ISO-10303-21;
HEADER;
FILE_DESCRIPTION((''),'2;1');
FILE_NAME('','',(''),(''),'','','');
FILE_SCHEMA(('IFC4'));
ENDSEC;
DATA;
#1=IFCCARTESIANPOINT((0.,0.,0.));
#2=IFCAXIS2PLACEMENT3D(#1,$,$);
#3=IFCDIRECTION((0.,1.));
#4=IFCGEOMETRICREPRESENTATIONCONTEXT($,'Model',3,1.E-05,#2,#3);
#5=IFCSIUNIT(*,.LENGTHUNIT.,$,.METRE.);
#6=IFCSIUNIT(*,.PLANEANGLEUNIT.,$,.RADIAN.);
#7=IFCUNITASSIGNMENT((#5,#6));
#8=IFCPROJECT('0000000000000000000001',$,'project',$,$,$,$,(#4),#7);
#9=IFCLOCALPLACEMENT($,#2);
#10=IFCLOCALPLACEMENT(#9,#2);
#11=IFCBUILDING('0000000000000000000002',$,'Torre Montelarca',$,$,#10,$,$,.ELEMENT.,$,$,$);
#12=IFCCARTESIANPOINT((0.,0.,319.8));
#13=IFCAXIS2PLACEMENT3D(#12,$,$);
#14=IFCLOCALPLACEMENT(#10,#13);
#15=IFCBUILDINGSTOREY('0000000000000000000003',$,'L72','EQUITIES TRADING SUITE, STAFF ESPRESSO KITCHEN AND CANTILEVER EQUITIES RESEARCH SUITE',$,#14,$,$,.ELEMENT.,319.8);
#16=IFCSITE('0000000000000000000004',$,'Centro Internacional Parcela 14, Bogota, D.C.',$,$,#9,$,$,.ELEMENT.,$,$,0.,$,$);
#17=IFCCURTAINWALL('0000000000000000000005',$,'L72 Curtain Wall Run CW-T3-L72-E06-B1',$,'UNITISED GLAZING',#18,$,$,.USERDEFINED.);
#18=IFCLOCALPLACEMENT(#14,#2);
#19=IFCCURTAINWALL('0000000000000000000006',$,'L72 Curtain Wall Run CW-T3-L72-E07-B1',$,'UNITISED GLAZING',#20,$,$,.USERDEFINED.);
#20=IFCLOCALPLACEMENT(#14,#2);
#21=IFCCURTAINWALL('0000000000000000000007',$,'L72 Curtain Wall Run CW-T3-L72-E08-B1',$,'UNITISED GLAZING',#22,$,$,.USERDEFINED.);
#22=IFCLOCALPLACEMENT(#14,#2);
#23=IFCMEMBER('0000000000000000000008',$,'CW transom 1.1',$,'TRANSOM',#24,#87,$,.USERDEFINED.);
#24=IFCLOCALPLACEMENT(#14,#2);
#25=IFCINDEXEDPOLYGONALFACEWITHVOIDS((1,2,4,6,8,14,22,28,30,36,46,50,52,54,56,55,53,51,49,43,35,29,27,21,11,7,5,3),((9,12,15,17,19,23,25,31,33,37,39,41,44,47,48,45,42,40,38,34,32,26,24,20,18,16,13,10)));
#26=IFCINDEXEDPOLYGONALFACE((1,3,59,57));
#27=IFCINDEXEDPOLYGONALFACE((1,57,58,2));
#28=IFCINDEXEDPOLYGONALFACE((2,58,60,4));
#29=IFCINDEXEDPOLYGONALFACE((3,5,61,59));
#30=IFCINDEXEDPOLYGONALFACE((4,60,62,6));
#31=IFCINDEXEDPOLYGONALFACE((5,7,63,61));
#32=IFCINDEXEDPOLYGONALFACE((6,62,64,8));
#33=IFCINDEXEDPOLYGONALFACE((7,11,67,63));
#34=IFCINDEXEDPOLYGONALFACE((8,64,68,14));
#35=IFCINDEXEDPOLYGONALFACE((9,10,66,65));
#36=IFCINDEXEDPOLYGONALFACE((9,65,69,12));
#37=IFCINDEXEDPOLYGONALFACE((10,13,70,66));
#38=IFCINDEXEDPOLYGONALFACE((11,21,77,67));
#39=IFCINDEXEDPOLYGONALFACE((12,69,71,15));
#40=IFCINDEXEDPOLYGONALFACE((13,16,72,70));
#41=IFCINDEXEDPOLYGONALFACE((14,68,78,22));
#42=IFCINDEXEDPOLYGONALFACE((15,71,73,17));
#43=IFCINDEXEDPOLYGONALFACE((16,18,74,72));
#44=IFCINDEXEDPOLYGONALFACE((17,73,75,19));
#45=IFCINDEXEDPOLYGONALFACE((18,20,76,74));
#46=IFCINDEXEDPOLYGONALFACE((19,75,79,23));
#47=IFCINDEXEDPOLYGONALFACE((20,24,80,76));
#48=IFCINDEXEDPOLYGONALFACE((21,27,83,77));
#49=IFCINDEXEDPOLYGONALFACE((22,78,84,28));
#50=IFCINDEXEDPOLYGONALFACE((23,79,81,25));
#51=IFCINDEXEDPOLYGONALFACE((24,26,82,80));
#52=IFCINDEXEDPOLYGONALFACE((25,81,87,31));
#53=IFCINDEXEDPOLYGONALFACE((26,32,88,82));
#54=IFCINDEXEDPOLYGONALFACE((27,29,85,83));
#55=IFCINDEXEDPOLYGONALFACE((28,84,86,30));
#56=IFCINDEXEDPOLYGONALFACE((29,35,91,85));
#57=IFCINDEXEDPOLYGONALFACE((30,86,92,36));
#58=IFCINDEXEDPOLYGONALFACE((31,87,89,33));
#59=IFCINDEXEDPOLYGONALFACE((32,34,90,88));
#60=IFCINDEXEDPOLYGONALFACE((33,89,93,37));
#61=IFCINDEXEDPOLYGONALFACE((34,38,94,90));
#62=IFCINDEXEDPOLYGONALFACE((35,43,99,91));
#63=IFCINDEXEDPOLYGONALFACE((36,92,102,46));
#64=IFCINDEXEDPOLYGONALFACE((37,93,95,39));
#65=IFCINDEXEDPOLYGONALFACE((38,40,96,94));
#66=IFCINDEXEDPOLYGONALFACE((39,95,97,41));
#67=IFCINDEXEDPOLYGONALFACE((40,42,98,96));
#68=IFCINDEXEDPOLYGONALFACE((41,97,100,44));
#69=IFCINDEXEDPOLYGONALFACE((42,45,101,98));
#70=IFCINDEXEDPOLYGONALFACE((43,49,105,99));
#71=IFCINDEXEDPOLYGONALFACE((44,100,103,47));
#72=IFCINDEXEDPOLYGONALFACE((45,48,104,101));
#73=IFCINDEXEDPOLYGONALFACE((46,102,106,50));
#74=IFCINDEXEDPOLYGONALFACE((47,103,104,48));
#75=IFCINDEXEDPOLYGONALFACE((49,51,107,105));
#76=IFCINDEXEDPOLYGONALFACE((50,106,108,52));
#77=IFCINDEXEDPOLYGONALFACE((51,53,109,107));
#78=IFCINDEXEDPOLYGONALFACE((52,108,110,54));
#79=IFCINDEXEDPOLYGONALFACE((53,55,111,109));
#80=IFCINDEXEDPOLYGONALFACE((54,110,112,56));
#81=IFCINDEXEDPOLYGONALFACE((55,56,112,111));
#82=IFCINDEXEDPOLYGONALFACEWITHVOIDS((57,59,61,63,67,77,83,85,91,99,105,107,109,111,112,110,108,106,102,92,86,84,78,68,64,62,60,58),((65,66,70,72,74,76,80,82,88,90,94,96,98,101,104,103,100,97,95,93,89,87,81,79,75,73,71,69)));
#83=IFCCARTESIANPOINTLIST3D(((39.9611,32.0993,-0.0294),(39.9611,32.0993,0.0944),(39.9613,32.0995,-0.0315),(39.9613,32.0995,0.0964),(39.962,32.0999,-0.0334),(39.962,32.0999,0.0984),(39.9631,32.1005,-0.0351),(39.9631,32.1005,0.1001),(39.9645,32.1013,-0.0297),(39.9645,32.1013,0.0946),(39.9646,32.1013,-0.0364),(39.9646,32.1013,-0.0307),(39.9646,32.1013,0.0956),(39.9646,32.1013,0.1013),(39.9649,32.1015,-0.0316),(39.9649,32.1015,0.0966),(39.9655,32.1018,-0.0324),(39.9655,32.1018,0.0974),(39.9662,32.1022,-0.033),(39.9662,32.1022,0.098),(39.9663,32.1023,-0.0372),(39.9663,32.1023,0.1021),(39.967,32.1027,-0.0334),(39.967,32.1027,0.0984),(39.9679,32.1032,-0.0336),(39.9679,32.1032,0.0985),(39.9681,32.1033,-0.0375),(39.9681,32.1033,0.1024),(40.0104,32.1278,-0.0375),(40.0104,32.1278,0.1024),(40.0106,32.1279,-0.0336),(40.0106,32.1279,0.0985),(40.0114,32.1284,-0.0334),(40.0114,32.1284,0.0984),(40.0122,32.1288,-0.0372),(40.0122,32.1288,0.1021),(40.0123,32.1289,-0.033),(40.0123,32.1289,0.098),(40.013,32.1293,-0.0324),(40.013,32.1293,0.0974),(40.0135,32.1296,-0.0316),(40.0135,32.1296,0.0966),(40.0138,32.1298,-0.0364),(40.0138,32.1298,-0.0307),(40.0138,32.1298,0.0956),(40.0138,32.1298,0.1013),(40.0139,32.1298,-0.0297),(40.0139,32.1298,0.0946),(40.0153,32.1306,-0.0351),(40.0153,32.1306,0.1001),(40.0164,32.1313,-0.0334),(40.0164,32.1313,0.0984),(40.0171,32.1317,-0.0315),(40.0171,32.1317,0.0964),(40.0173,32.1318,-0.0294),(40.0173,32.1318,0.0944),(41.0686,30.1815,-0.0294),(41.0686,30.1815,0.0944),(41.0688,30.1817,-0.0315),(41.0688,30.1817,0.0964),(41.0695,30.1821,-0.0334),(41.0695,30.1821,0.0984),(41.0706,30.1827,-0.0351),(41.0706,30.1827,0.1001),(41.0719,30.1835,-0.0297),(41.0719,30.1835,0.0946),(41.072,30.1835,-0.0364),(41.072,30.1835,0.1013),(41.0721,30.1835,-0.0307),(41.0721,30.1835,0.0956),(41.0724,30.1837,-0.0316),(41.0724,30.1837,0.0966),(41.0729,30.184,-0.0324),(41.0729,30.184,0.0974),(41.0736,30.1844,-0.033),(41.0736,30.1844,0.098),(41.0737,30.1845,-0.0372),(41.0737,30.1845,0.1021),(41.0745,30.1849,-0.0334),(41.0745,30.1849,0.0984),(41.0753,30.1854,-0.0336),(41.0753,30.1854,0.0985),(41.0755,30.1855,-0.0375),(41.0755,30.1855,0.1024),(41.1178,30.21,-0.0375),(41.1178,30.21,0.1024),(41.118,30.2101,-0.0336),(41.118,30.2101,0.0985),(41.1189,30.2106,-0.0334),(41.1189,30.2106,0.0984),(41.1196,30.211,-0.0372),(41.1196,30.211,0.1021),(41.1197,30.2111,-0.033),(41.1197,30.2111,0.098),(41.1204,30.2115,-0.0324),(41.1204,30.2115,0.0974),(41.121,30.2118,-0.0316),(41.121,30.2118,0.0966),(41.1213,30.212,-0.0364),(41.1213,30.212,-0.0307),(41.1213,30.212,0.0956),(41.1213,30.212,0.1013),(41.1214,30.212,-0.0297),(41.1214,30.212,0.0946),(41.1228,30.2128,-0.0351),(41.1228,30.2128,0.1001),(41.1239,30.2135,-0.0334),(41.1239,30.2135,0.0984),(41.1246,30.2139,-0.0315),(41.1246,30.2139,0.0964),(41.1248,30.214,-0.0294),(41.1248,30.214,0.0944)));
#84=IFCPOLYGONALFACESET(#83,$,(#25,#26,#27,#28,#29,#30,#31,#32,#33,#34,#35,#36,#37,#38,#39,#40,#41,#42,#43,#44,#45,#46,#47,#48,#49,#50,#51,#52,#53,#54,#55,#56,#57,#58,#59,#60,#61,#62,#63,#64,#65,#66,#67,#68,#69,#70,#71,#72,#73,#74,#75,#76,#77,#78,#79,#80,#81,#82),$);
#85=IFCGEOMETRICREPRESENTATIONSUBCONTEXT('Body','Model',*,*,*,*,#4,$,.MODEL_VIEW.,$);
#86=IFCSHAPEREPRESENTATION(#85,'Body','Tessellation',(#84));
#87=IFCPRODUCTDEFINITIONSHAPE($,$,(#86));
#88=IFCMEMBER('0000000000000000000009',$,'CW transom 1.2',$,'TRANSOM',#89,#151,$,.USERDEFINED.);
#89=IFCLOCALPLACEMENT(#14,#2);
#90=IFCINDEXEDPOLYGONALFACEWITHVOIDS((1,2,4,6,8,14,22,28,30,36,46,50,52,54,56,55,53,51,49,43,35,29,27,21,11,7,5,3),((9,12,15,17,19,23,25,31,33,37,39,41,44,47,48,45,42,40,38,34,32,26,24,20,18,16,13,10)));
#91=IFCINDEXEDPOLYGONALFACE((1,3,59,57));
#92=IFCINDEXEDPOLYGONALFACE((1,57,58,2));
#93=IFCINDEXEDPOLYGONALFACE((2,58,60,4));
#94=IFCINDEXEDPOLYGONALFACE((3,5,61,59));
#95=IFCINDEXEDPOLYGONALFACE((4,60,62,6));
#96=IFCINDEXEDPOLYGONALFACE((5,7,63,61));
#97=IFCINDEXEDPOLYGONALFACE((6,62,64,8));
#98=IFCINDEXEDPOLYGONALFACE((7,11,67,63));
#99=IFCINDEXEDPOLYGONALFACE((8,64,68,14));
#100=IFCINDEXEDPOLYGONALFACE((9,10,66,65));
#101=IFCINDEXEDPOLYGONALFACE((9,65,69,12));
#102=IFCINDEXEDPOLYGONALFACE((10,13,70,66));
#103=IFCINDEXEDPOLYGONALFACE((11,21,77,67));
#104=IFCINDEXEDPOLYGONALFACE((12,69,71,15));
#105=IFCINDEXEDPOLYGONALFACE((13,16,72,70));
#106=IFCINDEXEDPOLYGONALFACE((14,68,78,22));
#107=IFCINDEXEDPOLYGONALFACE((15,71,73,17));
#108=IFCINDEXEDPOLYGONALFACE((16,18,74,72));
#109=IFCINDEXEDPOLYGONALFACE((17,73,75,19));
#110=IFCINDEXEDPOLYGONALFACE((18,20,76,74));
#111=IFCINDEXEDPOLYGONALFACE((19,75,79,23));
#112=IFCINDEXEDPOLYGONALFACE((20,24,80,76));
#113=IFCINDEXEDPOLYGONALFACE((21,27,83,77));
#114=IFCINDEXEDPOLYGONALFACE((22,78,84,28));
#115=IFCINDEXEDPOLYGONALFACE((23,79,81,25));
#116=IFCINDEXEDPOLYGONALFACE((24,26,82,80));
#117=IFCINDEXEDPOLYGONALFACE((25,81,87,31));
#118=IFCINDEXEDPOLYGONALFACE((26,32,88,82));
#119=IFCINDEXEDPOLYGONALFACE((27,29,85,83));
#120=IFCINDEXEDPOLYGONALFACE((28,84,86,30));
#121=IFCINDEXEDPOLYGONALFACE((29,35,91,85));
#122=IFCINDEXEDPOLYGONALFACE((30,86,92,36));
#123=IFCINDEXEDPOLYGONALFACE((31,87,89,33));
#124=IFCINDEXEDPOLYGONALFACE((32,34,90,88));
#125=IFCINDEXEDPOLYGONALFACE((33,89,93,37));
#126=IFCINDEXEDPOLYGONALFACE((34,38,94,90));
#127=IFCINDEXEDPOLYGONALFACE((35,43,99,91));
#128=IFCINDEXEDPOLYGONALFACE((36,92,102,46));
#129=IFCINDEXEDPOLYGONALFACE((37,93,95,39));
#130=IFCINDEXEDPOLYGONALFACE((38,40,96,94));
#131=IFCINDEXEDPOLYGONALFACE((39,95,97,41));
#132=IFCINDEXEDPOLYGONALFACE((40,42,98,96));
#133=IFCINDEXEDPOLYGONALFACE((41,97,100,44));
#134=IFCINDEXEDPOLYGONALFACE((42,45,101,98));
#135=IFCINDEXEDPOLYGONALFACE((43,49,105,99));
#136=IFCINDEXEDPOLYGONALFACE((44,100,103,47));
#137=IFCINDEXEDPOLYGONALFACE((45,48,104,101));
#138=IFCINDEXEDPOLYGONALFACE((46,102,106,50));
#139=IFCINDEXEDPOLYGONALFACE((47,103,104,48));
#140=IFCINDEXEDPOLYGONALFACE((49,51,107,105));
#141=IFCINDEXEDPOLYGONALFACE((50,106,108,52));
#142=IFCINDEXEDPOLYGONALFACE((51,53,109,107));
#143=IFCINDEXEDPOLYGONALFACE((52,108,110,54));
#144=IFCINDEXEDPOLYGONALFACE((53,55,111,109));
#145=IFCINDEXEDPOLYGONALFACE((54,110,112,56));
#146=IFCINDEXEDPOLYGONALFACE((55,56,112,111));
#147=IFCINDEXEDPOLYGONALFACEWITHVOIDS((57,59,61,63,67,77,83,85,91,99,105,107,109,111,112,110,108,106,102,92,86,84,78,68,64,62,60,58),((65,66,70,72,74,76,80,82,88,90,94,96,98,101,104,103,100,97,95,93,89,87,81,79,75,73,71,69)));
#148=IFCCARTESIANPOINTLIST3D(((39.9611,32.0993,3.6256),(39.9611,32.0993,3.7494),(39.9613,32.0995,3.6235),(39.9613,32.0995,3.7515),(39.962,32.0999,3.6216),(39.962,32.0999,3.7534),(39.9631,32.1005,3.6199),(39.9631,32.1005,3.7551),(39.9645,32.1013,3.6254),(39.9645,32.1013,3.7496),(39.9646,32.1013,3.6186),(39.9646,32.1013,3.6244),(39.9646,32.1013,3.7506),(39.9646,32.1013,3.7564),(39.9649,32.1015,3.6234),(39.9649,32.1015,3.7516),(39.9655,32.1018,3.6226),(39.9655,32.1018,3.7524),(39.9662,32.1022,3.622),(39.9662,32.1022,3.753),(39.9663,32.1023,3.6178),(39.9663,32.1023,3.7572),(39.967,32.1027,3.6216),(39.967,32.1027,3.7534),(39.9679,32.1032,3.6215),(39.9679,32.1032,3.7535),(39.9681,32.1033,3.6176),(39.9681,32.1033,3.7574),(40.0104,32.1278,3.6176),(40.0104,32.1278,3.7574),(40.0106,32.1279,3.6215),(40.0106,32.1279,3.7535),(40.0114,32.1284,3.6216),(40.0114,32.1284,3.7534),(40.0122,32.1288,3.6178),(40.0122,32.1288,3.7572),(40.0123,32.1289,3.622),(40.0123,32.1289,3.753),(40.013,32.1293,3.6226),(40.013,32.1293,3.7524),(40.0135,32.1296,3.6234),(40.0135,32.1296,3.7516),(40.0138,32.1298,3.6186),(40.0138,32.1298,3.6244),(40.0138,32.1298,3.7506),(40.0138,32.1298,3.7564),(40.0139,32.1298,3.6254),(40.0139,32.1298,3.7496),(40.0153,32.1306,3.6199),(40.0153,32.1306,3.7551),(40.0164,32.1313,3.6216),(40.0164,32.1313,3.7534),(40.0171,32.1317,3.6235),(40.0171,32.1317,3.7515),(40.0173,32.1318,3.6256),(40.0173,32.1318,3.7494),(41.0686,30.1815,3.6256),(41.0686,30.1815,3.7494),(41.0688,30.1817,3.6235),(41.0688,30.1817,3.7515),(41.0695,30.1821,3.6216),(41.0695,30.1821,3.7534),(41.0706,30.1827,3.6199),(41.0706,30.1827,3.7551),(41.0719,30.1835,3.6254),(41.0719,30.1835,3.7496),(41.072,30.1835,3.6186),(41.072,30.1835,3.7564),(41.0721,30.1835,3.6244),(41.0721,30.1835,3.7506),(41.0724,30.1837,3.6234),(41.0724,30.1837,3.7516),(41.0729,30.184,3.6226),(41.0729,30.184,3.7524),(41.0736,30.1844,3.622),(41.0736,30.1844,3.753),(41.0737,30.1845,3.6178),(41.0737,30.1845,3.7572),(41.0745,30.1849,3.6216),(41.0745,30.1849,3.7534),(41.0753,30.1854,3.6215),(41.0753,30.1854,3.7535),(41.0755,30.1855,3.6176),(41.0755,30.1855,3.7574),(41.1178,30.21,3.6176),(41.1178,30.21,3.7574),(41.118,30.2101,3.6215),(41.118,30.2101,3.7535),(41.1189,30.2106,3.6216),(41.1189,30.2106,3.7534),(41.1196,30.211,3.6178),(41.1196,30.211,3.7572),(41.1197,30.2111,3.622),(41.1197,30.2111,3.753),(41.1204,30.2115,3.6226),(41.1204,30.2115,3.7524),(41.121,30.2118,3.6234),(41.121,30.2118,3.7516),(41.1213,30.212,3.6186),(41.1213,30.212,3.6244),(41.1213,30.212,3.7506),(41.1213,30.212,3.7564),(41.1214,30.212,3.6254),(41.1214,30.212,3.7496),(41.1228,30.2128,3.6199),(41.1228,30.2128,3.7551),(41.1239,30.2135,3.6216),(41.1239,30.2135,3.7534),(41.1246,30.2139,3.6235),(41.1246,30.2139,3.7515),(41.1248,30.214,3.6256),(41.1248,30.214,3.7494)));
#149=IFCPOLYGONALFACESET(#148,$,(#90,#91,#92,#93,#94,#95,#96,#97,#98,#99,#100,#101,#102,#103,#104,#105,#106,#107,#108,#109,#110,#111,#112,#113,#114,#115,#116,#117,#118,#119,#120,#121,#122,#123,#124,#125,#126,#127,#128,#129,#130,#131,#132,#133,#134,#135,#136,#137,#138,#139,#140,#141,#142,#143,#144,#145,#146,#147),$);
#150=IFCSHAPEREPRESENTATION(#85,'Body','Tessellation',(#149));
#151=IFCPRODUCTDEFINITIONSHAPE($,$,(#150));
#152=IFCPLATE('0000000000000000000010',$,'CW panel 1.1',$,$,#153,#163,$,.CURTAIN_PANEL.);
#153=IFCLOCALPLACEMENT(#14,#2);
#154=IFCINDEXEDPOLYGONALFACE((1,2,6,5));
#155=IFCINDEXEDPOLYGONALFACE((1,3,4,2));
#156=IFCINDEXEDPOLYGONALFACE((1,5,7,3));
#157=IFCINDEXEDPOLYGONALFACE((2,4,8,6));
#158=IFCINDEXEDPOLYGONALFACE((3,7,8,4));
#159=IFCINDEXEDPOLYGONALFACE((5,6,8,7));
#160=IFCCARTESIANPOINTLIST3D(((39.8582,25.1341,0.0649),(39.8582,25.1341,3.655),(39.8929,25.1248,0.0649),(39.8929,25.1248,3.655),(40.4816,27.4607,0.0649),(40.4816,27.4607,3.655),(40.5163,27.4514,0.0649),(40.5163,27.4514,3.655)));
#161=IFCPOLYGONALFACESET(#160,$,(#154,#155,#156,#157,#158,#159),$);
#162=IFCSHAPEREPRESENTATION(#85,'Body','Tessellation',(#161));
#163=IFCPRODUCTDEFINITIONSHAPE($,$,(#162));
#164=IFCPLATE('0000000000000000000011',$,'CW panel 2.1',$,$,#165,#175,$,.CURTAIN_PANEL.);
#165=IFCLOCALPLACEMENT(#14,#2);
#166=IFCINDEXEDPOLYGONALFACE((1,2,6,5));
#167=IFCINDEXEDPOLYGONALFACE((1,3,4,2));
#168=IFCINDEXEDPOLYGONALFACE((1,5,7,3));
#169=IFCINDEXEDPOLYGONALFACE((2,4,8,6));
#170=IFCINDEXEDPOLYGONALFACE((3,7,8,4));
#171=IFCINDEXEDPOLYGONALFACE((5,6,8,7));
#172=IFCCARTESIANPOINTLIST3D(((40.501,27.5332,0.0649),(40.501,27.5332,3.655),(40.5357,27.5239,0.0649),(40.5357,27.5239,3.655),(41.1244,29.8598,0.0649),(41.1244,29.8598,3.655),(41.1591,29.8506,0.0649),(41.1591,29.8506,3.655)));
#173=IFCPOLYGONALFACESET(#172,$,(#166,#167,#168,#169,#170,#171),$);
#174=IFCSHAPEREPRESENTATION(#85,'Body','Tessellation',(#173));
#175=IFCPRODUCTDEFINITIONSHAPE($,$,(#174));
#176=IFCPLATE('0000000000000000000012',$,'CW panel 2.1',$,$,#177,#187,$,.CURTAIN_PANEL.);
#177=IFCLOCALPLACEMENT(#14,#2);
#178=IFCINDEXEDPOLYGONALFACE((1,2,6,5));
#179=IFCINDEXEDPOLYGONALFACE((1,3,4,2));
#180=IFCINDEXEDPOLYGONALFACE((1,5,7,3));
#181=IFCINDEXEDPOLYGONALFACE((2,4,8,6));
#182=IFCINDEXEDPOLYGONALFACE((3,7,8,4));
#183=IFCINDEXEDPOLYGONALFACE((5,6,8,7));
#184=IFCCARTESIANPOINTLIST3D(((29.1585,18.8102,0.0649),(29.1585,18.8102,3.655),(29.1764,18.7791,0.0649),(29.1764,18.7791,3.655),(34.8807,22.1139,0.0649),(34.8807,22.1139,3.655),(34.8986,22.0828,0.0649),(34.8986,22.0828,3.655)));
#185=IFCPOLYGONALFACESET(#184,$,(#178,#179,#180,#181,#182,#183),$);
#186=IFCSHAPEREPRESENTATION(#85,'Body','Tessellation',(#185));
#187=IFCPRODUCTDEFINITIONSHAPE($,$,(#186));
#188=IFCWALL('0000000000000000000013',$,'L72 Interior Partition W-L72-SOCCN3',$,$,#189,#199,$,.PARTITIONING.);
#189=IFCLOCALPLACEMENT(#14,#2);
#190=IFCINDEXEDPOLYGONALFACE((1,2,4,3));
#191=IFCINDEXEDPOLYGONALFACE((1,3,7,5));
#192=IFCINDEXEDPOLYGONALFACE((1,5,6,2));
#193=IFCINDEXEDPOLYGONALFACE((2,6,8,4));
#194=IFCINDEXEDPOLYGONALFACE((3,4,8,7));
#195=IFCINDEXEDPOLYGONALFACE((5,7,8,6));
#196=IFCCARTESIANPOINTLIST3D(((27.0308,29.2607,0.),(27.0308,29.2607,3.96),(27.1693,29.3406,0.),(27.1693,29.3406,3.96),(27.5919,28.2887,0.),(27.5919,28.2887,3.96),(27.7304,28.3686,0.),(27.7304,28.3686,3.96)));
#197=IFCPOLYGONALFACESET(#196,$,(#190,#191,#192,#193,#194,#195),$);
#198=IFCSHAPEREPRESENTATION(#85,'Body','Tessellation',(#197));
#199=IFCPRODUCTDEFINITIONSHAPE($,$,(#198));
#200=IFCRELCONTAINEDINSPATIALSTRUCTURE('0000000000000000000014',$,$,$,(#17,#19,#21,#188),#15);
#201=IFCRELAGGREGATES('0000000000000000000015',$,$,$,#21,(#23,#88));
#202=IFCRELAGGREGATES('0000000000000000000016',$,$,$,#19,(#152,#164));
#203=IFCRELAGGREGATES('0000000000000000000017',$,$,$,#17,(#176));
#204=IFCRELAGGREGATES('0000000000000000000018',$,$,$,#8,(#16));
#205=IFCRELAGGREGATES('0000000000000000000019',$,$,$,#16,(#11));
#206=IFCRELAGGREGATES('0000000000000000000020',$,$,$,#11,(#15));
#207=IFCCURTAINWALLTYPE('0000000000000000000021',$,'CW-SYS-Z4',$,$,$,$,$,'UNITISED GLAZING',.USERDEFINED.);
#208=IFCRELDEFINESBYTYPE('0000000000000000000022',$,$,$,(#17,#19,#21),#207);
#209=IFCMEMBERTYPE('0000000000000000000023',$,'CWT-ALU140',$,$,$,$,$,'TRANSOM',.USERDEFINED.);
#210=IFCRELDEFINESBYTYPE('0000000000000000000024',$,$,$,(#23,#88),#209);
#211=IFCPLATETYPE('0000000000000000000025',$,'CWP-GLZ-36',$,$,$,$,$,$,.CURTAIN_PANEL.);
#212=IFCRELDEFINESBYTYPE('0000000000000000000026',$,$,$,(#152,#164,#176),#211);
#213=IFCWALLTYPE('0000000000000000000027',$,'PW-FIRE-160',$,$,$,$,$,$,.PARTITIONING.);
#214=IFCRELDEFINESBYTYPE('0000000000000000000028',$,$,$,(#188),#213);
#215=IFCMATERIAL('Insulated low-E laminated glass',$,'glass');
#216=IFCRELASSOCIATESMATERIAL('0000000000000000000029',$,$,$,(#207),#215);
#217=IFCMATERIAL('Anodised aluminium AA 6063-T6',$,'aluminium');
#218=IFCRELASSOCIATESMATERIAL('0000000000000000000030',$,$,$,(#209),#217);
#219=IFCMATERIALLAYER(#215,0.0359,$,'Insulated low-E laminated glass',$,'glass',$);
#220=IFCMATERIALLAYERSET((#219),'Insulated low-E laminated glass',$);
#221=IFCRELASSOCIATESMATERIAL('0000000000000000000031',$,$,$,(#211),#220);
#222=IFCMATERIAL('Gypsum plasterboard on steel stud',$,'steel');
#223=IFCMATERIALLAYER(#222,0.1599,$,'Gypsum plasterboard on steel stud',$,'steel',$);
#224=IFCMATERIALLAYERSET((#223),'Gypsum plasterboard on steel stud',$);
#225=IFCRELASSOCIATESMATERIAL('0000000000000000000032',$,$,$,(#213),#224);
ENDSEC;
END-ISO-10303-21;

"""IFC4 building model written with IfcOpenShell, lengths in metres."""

from ifc_helpers import new_model, si_unit, direction, frame, frame_2d, origin, origin_2d, place, context, subcontext, project, spatial, rectangle, hollow_rectangle, extrude, source, transform, mapped, material, layer, layer_set, material_profile, profile_set, type_object, element, aggregate, save


model = new_model("IFC4")

# Units and contexts
model_context = context("Model", 3, precision=1e-05, world=origin(), true_north=direction((0.0, 1.0)))
body_context = subcontext(model_context, "Body", "Model", "MODEL_VIEW")
ifc_project = project(units=[si_unit("LENGTHUNIT", "METRE"), si_unit("PLANEANGLEUNIT", "RADIAN")], contexts=[model_context])

# Site, building, storey
site_placement = place(None, origin())
site = spatial("IfcSite", under=ifc_project, at=site_placement, Name="Centro Internacional Parcela 14, Bogota, D.C.", CompositionType="ELEMENT", RefElevation=0.0)
building_placement = place(site_placement, origin())
building = spatial("IfcBuilding", under=site, at=building_placement, Name="Torre Montelarca", CompositionType="ELEMENT")
storey_placement = place(building_placement, frame((0.0, 0.0, 319.8)))
storey = spatial("IfcBuildingStorey", under=building, at=storey_placement, Name="L72", Description="EQUITIES TRADING SUITE, STAFF ESPRESSO KITCHEN AND CANTILEVER EQUITIES RESEARCH SUITE", CompositionType="ELEMENT", Elevation=319.8)

# Curtain walls
ifc_material_1 = material(Name="Insulated low-E laminated glass", Category="glass")
curtain_wall_type = type_object("IfcCurtainWallType", Name="CW-SYS-Z4", ElementType="UNITISED GLAZING", PredefinedType="USERDEFINED", material=ifc_material_1)
curtain_wall_1_placement = place(storey_placement, origin())
curtain_wall_1 = element("IfcCurtainWall", 1, at=curtain_wall_1_placement, inside=storey, type_object=curtain_wall_type, Name="L72 Curtain Wall Run CW-T3-L72-E06-B1", ObjectType="UNITISED GLAZING", PredefinedType="USERDEFINED")
ifc_material_2 = material(Name="Anodised aluminium AA 6063-T6", Category="aluminium")
curtain_wall_2_placement = place(storey_placement, origin())
curtain_wall_2 = element("IfcCurtainWall", 2, at=curtain_wall_2_placement, inside=storey, type_object=curtain_wall_type, Name="L72 Curtain Wall Run CW-T3-L72-E07-B1", ObjectType="UNITISED GLAZING", PredefinedType="USERDEFINED")

# Curtain wall
curtain_wall_3_placement = place(storey_placement, origin())
curtain_wall_3 = element("IfcCurtainWall", 3, at=curtain_wall_3_placement, inside=storey, type_object=curtain_wall_type, Name="L72 Curtain Wall Run CW-T3-L72-E08-B1", ObjectType="UNITISED GLAZING", PredefinedType="USERDEFINED")

# Members
ifc_material_profile_1 = material_profile(ifc_material_2, hollow_rectangle(XDim=0.0649, YDim=0.1399, WallThickness=0.0039, InnerFilletRadius=0.0039, OuterFilletRadius=0.0081, at=origin_2d()), Name="ALU65X140X4", Category="aluminium")
ifc_profile_set_1 = profile_set([ifc_material_profile_1], Name="Anodised aluminium AA 6063-T6")
member_type_1 = type_object("IfcMemberType", Name="CWT-ALU140", ElementType="TRANSOM", PredefinedType="USERDEFINED", material=ifc_profile_set_1)
shared_shape_1 = source(origin(), body_context, "Body", "SweptSolid", [
    extrude(hollow_rectangle(XDim=0.0649, YDim=0.1399, WallThickness=0.0039, InnerFilletRadius=0.0039, OuterFilletRadius=0.0081, at=origin_2d()), origin(), (0.0, 0.0, 1.0), 2.2146),
])
member_1_placement = place(storey_placement, frame((41.0967, 30.1978, 0.0325), z_axis=(-0.500076, 0.865982, 0.0), x_axis=(-0.865982, -0.500076, 0.0)))
member_1 = element("IfcMember", 4, at=member_1_placement, type_object=member_type_1, Name="CW transom 1.1", ObjectType="TRANSOM", PredefinedType="USERDEFINED", context=body_context, shape_type="MappedRepresentation", body=[
    mapped(shared_shape_1, transform((0.0, 0.0, 0.0), scale=1.0)),
])
member_2_placement = place(storey_placement, frame((41.0967, 30.1978, 3.6875), z_axis=(-0.500076, 0.865982, 0.0), x_axis=(-0.865982, -0.500076, 0.0)))
member_2 = element("IfcMember", 5, at=member_2_placement, type_object=member_type_1, Name="CW transom 1.2", ObjectType="TRANSOM", PredefinedType="USERDEFINED", context=body_context, shape_type="MappedRepresentation", body=[
    mapped(shared_shape_1, transform((0.0, 0.0, 0.0), scale=1.0)),
])
aggregate(curtain_wall_3, [member_1, member_2])

# Plates
ifc_layer_1 = layer(ifc_material_1, 0.0359, Name="Insulated low-E laminated glass", Category="glass")
ifc_layer_set_1 = layer_set([ifc_layer_1], Name="Insulated low-E laminated glass")
plate_type = type_object("IfcPlateType", Name="CWP-GLZ-36", PredefinedType="CURTAIN_PANEL", material=ifc_layer_set_1)
shared_shape_2 = source(origin(), body_context, "Body", "SweptSolid", [
    extrude(rectangle(XDim=2.4087, YDim=0.0359, at=origin_2d()), origin(), (0.0, 0.0, 1.0), 3.5901),
])
plate_1_placement = place(storey_placement, frame((40.1873, 26.2927, 0.0649), z_axis=(0.0, 0.0, 1.0), x_axis=(0.258815, 0.965927, 0.0)))
plate_1 = element("IfcPlate", 6, at=plate_1_placement, type_object=plate_type, Name="CW panel 1.1", PredefinedType="CURTAIN_PANEL", context=body_context, shape_type="MappedRepresentation", body=[
    mapped(shared_shape_2, transform((0.0, 0.0, 0.0), scale=1.0)),
])
plate_2_placement = place(storey_placement, frame((40.8301, 28.6919, 0.0649), z_axis=(0.0, 0.0, 1.0), x_axis=(0.258815, 0.965927, 0.0)))
plate_2 = element("IfcPlate", 7, at=plate_2_placement, type_object=plate_type, Name="CW panel 2.1", PredefinedType="CURTAIN_PANEL", context=body_context, shape_type="MappedRepresentation", body=[
    mapped(shared_shape_2, transform((0.0, 0.0, 0.0), scale=1.0)),
])
aggregate(curtain_wall_2, [plate_1, plate_2])
shared_shape_3 = source(origin(), body_context, "Body", "SweptSolid", [
    extrude(rectangle(XDim=6.6074, YDim=0.0359, at=origin_2d()), origin(), (0.0, 0.0, 1.0), 3.5901),
])
plate_3_placement = place(storey_placement, frame((32.0286, 20.4465, 0.0649), z_axis=(0.0, 0.0, 1.0), x_axis=(0.866026, 0.499999, 0.0)))
plate_3 = element("IfcPlate", 8, at=plate_3_placement, type_object=plate_type, Name="CW panel 2.1", PredefinedType="CURTAIN_PANEL", context=body_context, shape_type="MappedRepresentation", body=[
    mapped(shared_shape_3, transform((0.0, 0.0, 0.0), scale=1.0)),
])
aggregate(curtain_wall_1, [plate_3])

# Wall
ifc_material_3 = material(Name="Gypsum plasterboard on steel stud", Category="steel")
ifc_layer_2 = layer(ifc_material_3, 0.1599, Name="Gypsum plasterboard on steel stud", Category="steel")
ifc_layer_set_2 = layer_set([ifc_layer_2], Name="Gypsum plasterboard on steel stud")
wall_type_1 = type_object("IfcWallType", Name="PW-FIRE-160", PredefinedType="PARTITIONING", material=ifc_layer_set_2)
wall_1_placement = place(storey_placement, frame((27.1001, 29.3005, 0.0), z_axis=(0.0, 0.0, 1.0), x_axis=(0.49993, -0.866066, 0.0)))
element("IfcWall", 9, at=wall_1_placement, inside=storey, type_object=wall_type_1, Name="L72 Interior Partition W-L72-SOCCN3", PredefinedType="PARTITIONING", context=body_context, shape_type="SweptSolid", body=[
    extrude(rectangle(XDim=1.1223, YDim=0.1599, at=frame_2d((0.561, 0.0))), origin(), (0.0, 0.0, 1.0), 3.96),
])

save(model, "model.ifc")
